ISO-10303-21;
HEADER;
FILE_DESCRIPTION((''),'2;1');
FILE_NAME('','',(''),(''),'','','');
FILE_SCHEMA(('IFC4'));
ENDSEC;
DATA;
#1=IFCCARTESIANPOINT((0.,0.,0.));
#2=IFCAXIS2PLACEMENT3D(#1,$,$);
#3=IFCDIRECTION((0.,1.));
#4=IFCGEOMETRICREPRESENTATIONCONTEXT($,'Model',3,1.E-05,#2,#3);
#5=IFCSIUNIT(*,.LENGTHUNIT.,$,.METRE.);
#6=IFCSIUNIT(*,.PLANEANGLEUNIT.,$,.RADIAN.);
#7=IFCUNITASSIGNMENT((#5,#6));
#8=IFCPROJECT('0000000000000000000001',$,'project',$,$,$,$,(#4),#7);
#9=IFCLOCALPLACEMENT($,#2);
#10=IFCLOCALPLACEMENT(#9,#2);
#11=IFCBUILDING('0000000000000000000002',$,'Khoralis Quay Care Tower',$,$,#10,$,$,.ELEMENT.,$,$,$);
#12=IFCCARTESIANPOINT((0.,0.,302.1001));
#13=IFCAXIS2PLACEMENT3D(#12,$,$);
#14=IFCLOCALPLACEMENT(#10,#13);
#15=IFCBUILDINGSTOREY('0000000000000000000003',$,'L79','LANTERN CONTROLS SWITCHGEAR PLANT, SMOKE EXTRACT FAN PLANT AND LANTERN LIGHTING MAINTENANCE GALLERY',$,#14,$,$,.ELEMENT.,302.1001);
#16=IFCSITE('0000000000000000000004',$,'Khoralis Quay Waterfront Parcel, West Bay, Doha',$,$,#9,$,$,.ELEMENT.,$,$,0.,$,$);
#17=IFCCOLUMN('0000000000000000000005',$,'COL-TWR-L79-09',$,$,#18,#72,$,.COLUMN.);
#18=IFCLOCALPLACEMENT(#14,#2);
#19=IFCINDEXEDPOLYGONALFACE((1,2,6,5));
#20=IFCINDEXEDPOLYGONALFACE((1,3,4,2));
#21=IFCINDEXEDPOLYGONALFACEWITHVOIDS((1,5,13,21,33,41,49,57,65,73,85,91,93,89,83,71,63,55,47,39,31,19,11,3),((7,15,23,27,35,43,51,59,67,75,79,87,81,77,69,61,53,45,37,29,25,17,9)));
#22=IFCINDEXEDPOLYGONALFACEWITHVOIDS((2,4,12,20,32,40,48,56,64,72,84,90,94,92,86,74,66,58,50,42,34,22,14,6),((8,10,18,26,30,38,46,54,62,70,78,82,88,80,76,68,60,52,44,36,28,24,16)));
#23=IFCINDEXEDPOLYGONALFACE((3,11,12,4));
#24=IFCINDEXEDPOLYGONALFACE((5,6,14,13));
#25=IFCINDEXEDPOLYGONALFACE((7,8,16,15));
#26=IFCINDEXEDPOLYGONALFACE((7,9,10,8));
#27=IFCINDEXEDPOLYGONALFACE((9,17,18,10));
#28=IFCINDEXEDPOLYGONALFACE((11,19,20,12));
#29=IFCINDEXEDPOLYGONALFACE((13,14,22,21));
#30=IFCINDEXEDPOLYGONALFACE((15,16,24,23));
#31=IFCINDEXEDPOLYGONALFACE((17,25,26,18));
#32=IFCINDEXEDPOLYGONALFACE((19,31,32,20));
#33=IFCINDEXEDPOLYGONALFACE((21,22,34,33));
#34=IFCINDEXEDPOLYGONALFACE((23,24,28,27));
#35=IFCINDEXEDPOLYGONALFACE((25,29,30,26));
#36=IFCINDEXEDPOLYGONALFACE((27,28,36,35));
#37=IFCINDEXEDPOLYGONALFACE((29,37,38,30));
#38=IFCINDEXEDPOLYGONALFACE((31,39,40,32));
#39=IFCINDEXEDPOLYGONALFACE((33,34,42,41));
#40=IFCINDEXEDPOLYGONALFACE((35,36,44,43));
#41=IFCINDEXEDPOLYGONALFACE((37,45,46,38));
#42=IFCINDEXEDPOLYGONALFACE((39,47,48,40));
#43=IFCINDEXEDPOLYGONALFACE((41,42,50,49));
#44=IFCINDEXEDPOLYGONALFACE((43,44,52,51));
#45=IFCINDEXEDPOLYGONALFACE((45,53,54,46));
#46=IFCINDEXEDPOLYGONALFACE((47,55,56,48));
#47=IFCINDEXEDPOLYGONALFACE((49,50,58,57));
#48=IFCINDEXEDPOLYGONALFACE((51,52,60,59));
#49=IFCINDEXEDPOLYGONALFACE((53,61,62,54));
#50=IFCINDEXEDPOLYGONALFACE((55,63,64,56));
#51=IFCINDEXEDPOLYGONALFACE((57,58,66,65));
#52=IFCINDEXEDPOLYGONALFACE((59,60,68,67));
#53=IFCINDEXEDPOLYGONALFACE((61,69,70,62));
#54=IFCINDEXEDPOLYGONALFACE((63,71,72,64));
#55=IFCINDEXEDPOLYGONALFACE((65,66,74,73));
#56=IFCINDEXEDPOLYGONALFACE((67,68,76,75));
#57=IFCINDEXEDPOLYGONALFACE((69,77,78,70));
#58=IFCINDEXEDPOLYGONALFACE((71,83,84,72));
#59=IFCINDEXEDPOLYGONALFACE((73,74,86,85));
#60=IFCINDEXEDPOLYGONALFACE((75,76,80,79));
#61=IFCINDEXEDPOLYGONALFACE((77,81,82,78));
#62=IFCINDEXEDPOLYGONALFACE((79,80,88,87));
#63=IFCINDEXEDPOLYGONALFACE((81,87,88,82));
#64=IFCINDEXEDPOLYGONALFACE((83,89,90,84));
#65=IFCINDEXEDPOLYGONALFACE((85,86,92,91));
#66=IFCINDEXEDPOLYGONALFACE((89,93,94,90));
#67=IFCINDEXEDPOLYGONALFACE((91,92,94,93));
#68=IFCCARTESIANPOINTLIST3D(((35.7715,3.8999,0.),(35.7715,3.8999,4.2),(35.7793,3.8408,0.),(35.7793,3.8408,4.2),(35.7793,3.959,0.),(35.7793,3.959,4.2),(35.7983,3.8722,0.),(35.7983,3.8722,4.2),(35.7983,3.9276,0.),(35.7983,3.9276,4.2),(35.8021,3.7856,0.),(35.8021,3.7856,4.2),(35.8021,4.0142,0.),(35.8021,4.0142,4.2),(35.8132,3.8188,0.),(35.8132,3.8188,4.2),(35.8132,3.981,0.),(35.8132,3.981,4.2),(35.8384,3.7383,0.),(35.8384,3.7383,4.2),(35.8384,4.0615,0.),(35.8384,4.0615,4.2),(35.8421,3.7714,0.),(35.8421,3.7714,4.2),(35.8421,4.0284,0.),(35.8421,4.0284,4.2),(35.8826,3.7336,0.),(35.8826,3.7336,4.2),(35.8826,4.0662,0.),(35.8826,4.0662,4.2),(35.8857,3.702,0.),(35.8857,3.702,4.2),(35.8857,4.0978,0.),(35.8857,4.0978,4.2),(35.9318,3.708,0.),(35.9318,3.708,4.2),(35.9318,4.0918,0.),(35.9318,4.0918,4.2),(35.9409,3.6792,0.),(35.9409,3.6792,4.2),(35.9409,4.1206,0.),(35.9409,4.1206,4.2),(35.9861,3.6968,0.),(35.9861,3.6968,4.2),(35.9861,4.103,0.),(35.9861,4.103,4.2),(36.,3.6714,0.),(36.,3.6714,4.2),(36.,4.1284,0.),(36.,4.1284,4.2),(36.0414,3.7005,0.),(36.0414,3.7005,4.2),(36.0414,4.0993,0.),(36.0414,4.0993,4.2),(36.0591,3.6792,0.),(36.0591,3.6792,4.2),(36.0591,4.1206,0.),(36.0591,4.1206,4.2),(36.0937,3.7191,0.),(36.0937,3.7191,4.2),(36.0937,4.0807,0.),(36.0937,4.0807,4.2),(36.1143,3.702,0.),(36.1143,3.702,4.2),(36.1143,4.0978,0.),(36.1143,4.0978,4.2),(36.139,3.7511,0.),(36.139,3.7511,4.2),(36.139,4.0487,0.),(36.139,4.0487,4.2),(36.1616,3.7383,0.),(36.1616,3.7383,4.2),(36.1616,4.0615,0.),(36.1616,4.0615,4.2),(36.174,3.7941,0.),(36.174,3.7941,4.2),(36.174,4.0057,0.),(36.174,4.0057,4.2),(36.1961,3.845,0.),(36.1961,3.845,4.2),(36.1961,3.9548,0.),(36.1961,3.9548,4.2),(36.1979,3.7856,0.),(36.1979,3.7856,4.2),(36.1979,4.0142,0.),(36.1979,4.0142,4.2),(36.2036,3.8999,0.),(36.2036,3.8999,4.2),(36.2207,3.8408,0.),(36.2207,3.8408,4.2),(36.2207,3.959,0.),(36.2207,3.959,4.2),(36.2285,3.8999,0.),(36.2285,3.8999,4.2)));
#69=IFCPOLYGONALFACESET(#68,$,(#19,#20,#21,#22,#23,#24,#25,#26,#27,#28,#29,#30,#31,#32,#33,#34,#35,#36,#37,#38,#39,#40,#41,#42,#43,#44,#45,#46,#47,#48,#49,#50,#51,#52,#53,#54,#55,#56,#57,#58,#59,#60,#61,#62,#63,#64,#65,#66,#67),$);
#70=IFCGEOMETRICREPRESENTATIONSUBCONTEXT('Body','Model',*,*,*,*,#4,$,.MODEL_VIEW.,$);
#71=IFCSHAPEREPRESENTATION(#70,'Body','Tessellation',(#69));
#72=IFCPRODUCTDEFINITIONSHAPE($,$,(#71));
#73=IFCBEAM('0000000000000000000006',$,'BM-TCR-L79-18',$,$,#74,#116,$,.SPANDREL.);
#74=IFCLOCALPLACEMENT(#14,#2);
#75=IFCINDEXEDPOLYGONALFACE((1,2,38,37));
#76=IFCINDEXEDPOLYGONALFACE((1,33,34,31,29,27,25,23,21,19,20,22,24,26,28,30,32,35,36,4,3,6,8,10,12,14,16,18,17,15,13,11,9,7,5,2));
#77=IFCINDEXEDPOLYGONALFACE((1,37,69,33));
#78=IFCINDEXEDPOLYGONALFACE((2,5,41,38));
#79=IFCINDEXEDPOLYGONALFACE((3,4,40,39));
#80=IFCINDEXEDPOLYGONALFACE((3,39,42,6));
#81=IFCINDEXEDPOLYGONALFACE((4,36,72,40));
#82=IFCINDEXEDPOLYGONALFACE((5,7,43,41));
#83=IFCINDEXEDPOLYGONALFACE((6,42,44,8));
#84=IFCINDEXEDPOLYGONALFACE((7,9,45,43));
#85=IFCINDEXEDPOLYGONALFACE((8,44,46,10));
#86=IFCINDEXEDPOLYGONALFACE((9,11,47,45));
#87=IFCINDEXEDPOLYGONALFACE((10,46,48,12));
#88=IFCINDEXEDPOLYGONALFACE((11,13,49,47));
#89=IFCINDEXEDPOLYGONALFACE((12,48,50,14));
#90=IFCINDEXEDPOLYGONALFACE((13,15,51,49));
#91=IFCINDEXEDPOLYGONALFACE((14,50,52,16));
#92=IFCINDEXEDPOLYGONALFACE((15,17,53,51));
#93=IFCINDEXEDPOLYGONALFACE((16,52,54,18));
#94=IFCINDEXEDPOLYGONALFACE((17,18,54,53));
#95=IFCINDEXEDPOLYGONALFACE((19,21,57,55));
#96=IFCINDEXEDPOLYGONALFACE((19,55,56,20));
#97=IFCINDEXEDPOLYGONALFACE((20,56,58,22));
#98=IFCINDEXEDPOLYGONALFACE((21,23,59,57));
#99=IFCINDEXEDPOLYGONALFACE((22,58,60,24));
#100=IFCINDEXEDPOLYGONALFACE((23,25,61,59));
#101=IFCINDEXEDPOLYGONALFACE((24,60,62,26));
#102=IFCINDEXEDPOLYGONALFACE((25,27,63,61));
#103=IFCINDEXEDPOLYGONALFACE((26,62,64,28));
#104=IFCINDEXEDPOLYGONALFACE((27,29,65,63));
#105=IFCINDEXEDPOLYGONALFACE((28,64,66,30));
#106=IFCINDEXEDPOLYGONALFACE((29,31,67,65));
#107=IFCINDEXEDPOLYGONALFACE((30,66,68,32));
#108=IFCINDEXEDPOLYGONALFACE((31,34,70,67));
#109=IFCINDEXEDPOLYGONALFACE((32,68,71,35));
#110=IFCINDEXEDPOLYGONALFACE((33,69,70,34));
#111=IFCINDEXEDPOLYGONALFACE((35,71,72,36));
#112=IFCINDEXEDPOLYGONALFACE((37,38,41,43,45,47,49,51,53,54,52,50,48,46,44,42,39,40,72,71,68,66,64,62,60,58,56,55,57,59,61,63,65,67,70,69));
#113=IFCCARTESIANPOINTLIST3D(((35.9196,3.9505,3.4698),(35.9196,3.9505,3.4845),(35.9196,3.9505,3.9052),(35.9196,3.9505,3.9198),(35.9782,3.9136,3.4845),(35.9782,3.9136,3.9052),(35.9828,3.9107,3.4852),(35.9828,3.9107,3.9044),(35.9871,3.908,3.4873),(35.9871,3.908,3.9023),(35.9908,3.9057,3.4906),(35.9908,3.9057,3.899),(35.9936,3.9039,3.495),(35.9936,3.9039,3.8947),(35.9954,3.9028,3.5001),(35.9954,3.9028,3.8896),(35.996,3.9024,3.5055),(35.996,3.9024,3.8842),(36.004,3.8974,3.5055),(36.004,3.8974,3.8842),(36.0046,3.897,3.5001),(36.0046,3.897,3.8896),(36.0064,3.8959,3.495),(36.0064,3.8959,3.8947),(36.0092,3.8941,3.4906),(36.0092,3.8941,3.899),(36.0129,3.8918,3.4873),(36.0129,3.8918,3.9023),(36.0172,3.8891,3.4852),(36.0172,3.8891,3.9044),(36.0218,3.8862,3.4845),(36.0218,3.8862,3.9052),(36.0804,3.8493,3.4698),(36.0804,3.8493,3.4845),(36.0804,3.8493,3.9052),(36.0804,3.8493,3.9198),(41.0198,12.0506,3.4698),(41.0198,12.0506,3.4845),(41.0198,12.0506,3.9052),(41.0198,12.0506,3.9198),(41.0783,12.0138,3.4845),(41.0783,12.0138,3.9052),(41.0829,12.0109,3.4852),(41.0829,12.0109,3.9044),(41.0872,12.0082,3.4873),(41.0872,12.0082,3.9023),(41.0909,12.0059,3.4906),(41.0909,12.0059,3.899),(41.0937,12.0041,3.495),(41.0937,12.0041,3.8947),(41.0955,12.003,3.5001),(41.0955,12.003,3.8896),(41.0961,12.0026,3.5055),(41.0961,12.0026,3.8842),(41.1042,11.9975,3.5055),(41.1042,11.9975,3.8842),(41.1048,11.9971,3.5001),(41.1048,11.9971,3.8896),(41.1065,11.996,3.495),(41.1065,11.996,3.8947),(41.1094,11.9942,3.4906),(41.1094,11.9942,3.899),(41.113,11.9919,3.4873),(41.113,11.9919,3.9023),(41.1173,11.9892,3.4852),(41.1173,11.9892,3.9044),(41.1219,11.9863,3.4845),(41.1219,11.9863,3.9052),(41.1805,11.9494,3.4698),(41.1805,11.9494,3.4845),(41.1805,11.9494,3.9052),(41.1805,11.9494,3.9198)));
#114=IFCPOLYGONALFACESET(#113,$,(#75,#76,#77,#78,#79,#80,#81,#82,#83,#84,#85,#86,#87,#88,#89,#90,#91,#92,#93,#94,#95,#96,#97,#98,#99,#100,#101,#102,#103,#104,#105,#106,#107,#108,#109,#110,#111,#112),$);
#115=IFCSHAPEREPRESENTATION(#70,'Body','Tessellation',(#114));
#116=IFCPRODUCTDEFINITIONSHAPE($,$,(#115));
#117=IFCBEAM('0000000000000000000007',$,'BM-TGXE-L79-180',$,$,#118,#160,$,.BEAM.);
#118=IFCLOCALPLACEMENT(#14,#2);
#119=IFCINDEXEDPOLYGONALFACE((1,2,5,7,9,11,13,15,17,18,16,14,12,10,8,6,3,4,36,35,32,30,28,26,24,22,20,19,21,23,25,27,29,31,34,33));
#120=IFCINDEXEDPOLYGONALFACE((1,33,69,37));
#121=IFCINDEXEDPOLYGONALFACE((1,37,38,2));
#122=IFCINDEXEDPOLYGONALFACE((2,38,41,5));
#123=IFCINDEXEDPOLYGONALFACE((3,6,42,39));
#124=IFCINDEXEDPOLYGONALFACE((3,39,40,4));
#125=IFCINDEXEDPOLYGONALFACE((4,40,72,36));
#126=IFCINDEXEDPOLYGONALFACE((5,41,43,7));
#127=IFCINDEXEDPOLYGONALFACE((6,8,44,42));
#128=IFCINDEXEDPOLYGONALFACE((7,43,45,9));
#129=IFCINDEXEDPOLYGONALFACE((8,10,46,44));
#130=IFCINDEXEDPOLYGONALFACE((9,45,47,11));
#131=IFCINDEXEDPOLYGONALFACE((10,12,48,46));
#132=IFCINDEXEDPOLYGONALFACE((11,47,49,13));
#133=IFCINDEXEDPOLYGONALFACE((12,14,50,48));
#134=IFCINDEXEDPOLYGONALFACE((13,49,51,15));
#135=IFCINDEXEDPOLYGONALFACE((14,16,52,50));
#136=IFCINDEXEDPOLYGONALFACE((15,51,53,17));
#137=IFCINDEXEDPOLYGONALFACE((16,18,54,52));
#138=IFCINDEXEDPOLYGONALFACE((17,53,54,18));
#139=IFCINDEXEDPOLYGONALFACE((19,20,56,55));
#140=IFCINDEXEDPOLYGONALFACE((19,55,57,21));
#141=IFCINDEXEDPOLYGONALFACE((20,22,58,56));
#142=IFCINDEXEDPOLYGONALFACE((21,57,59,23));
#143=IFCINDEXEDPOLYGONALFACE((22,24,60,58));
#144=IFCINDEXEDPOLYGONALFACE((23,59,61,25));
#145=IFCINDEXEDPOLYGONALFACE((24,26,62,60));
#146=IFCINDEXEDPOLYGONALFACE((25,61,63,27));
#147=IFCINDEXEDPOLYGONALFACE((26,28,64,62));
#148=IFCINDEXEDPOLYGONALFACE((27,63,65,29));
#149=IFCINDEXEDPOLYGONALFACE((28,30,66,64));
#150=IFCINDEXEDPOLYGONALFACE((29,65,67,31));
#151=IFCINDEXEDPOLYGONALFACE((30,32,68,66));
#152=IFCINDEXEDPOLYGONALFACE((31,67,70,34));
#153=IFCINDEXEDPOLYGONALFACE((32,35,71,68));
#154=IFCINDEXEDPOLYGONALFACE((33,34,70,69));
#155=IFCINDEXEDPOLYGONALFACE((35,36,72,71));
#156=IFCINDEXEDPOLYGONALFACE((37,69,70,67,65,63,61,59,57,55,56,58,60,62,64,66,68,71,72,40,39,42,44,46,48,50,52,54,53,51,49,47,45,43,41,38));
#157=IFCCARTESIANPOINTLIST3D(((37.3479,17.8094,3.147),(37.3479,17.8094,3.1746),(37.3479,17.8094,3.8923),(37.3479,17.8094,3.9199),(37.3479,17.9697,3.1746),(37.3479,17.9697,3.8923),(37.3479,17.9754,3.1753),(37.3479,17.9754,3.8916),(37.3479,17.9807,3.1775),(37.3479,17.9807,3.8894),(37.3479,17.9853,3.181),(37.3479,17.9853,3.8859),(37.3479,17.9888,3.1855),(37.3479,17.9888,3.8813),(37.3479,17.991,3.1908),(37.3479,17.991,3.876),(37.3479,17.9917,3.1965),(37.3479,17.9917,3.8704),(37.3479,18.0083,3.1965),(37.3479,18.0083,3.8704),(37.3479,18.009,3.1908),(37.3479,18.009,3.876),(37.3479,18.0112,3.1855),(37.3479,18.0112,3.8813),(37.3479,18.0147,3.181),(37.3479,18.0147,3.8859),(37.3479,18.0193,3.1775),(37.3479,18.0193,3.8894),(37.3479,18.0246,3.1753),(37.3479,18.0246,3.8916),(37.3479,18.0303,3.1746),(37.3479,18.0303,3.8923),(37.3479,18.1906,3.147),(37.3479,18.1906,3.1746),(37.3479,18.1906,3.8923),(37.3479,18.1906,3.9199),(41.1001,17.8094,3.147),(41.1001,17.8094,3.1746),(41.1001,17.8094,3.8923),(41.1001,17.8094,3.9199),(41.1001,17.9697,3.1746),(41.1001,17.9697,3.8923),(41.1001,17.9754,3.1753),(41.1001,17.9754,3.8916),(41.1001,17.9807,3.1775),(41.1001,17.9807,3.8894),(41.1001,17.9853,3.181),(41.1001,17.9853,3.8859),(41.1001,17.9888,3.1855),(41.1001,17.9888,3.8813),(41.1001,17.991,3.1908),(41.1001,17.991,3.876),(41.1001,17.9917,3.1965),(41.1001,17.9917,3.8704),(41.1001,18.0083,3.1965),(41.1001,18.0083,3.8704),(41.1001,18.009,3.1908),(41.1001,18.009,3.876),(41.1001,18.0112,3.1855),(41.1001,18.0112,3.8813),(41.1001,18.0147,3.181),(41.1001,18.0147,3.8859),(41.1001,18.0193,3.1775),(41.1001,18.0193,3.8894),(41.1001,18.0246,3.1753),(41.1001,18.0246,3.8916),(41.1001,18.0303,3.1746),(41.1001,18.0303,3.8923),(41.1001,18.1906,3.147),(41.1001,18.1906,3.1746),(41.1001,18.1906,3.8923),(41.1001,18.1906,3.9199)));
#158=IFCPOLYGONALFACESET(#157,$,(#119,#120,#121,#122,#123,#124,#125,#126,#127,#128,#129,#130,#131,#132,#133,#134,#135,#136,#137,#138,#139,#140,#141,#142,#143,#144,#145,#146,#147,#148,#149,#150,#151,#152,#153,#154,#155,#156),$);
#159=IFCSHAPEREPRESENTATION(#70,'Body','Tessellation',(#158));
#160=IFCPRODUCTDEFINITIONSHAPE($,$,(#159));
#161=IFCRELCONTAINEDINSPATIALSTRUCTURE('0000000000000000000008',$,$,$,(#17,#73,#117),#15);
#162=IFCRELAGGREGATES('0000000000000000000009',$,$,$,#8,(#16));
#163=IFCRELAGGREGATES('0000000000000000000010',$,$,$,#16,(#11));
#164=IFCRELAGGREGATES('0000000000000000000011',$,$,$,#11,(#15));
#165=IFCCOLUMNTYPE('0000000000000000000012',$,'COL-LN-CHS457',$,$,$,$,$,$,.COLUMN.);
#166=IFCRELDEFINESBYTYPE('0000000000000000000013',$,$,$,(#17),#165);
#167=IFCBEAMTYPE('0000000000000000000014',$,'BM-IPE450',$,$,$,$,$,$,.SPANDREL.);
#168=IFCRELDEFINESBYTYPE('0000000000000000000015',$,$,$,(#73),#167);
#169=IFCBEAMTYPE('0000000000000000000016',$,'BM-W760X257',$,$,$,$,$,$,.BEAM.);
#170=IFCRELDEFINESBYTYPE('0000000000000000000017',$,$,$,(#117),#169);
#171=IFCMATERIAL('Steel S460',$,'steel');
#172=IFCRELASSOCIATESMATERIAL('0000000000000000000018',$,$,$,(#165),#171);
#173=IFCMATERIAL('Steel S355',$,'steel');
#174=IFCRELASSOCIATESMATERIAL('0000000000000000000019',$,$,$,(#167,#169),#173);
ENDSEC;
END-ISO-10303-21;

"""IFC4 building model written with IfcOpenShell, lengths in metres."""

from ifc_helpers import new_model, si_unit, direction, frame, origin, origin_2d, place, context, subcontext, project, spatial, hollow_circle, i_section, extrude, source, transform, mapped, material, material_profile, profile_set, type_object, element, save


model = new_model("IFC4")

# Units and contexts
model_context = context("Model", 3, precision=1e-05, world=origin(), true_north=direction((0.0, 1.0)))
body_context = subcontext(model_context, "Body", "Model", "MODEL_VIEW")
ifc_project = project(units=[si_unit("LENGTHUNIT", "METRE"), si_unit("PLANEANGLEUNIT", "RADIAN")], contexts=[model_context])

# Site, building, storey
site_placement = place(None, origin())
site = spatial("IfcSite", under=ifc_project, at=site_placement, Name="Khoralis Quay Waterfront Parcel, West Bay, Doha", CompositionType="ELEMENT", RefElevation=0.0)
building_placement = place(site_placement, origin())
building = spatial("IfcBuilding", under=site, at=building_placement, Name="Khoralis Quay Care Tower", CompositionType="ELEMENT")
storey_placement = place(building_placement, frame((0.0, 0.0, 302.1001)))
storey = spatial("IfcBuildingStorey", under=building, at=storey_placement, Name="L79", Description="LANTERN CONTROLS SWITCHGEAR PLANT, SMOKE EXTRACT FAN PLANT AND LANTERN LIGHTING MAINTENANCE GALLERY", CompositionType="ELEMENT", Elevation=302.1001)

# Column
ifc_material_1 = material(Name="Steel S460", Category="steel")
ifc_material_profile_1 = material_profile(ifc_material_1, hollow_circle(Radius=0.2285, WallThickness=0.0249, at=origin_2d()), Name="Steel S460")
ifc_profile_set_1 = profile_set([ifc_material_profile_1], Name="Steel S460")
column_type = type_object("IfcColumnType", Name="COL-LN-CHS457", PredefinedType="COLUMN", material=ifc_profile_set_1)
shared_shape_1 = source(origin(), body_context, "Body", "SweptSolid", [
    extrude(hollow_circle(Radius=0.2285, WallThickness=0.0249, at=origin_2d()), origin(), (0.0, 0.0, 1.0), 4.2),
])
column_placement = place(storey_placement, frame((36.0, 3.8999, 0.0), z_axis=(0.0, 0.0, 1.0), x_axis=(1.0, 0.0, 0.0)))
element("IfcColumn", 1, at=column_placement, inside=storey, type_object=column_type, Name="COL-TWR-L79-09", PredefinedType="COLUMN", context=body_context, shape_type="MappedRepresentation", body=[
    mapped(shared_shape_1, transform((0.0, 0.0, 0.0), scale=1.0)),
])

# Beams
ifc_material_2 = material(Name="Steel S355", Category="steel")
ifc_material_profile_2 = material_profile(ifc_material_2, i_section(OverallWidth=0.1899, OverallDepth=0.45, WebThickness=0.0095, FlangeThickness=0.0146, FilletRadius=0.021, at=origin_2d()), Name="Steel S355")
ifc_profile_set_2 = profile_set([ifc_material_profile_2], Name="Steel S355")
beam_type_1 = type_object("IfcBeamType", Name="BM-IPE450", PredefinedType="SPANDREL", material=ifc_profile_set_2)
shared_shape_2 = source(origin(), body_context, "Body", "SweptSolid", [
    extrude(i_section(OverallWidth=0.1899, OverallDepth=0.45, WebThickness=0.0095, FlangeThickness=0.0146, FilletRadius=0.021, at=origin_2d()), origin(), (0.0, 0.0, 1.0), 9.572),
])
beam_1_placement = place(storey_placement, frame((36.0, 3.8999, 3.6948), z_axis=(0.532816, 0.846231, 0.0), x_axis=(-0.846231, 0.532816, 0.0)))
element("IfcBeam", 2, at=beam_1_placement, inside=storey, type_object=beam_type_1, Name="BM-TCR-L79-18", PredefinedType="SPANDREL", context=body_context, shape_type="MappedRepresentation", body=[
    mapped(shared_shape_2, transform((0.0, 0.0, 0.0), scale=1.0)),
])
ifc_material_profile_3 = material_profile(ifc_material_2, i_section(OverallWidth=0.3811, OverallDepth=0.7729, WebThickness=0.0166, FlangeThickness=0.0276, FilletRadius=0.022, at=origin_2d()), Name="Steel S355")
ifc_profile_set_3 = profile_set([ifc_material_profile_3], Name="Steel S355")
beam_type_2 = type_object("IfcBeamType", Name="BM-W760X257", PredefinedType="BEAM", material=ifc_profile_set_3)
shared_shape_3 = source(origin(), body_context, "Body", "SweptSolid", [
    extrude(i_section(OverallWidth=0.3811, OverallDepth=0.7729, WebThickness=0.0166, FlangeThickness=0.0276, FilletRadius=0.022, at=origin_2d()), origin(), (0.0, 0.0, 1.0), 3.7522),
])
beam_2_placement = place(storey_placement, frame((37.3479, 18.0, 3.5334), z_axis=(1.0, 0.0, 0.0), x_axis=(0.0, 1.0, 0.0)))
element("IfcBeam", 3, at=beam_2_placement, inside=storey, type_object=beam_type_2, Name="BM-TGXE-L79-180", PredefinedType="BEAM", context=body_context, shape_type="MappedRepresentation", body=[
    mapped(shared_shape_3, transform((0.0, 0.0, 0.0), scale=1.0)),
])

save(model, "model.ifc")
